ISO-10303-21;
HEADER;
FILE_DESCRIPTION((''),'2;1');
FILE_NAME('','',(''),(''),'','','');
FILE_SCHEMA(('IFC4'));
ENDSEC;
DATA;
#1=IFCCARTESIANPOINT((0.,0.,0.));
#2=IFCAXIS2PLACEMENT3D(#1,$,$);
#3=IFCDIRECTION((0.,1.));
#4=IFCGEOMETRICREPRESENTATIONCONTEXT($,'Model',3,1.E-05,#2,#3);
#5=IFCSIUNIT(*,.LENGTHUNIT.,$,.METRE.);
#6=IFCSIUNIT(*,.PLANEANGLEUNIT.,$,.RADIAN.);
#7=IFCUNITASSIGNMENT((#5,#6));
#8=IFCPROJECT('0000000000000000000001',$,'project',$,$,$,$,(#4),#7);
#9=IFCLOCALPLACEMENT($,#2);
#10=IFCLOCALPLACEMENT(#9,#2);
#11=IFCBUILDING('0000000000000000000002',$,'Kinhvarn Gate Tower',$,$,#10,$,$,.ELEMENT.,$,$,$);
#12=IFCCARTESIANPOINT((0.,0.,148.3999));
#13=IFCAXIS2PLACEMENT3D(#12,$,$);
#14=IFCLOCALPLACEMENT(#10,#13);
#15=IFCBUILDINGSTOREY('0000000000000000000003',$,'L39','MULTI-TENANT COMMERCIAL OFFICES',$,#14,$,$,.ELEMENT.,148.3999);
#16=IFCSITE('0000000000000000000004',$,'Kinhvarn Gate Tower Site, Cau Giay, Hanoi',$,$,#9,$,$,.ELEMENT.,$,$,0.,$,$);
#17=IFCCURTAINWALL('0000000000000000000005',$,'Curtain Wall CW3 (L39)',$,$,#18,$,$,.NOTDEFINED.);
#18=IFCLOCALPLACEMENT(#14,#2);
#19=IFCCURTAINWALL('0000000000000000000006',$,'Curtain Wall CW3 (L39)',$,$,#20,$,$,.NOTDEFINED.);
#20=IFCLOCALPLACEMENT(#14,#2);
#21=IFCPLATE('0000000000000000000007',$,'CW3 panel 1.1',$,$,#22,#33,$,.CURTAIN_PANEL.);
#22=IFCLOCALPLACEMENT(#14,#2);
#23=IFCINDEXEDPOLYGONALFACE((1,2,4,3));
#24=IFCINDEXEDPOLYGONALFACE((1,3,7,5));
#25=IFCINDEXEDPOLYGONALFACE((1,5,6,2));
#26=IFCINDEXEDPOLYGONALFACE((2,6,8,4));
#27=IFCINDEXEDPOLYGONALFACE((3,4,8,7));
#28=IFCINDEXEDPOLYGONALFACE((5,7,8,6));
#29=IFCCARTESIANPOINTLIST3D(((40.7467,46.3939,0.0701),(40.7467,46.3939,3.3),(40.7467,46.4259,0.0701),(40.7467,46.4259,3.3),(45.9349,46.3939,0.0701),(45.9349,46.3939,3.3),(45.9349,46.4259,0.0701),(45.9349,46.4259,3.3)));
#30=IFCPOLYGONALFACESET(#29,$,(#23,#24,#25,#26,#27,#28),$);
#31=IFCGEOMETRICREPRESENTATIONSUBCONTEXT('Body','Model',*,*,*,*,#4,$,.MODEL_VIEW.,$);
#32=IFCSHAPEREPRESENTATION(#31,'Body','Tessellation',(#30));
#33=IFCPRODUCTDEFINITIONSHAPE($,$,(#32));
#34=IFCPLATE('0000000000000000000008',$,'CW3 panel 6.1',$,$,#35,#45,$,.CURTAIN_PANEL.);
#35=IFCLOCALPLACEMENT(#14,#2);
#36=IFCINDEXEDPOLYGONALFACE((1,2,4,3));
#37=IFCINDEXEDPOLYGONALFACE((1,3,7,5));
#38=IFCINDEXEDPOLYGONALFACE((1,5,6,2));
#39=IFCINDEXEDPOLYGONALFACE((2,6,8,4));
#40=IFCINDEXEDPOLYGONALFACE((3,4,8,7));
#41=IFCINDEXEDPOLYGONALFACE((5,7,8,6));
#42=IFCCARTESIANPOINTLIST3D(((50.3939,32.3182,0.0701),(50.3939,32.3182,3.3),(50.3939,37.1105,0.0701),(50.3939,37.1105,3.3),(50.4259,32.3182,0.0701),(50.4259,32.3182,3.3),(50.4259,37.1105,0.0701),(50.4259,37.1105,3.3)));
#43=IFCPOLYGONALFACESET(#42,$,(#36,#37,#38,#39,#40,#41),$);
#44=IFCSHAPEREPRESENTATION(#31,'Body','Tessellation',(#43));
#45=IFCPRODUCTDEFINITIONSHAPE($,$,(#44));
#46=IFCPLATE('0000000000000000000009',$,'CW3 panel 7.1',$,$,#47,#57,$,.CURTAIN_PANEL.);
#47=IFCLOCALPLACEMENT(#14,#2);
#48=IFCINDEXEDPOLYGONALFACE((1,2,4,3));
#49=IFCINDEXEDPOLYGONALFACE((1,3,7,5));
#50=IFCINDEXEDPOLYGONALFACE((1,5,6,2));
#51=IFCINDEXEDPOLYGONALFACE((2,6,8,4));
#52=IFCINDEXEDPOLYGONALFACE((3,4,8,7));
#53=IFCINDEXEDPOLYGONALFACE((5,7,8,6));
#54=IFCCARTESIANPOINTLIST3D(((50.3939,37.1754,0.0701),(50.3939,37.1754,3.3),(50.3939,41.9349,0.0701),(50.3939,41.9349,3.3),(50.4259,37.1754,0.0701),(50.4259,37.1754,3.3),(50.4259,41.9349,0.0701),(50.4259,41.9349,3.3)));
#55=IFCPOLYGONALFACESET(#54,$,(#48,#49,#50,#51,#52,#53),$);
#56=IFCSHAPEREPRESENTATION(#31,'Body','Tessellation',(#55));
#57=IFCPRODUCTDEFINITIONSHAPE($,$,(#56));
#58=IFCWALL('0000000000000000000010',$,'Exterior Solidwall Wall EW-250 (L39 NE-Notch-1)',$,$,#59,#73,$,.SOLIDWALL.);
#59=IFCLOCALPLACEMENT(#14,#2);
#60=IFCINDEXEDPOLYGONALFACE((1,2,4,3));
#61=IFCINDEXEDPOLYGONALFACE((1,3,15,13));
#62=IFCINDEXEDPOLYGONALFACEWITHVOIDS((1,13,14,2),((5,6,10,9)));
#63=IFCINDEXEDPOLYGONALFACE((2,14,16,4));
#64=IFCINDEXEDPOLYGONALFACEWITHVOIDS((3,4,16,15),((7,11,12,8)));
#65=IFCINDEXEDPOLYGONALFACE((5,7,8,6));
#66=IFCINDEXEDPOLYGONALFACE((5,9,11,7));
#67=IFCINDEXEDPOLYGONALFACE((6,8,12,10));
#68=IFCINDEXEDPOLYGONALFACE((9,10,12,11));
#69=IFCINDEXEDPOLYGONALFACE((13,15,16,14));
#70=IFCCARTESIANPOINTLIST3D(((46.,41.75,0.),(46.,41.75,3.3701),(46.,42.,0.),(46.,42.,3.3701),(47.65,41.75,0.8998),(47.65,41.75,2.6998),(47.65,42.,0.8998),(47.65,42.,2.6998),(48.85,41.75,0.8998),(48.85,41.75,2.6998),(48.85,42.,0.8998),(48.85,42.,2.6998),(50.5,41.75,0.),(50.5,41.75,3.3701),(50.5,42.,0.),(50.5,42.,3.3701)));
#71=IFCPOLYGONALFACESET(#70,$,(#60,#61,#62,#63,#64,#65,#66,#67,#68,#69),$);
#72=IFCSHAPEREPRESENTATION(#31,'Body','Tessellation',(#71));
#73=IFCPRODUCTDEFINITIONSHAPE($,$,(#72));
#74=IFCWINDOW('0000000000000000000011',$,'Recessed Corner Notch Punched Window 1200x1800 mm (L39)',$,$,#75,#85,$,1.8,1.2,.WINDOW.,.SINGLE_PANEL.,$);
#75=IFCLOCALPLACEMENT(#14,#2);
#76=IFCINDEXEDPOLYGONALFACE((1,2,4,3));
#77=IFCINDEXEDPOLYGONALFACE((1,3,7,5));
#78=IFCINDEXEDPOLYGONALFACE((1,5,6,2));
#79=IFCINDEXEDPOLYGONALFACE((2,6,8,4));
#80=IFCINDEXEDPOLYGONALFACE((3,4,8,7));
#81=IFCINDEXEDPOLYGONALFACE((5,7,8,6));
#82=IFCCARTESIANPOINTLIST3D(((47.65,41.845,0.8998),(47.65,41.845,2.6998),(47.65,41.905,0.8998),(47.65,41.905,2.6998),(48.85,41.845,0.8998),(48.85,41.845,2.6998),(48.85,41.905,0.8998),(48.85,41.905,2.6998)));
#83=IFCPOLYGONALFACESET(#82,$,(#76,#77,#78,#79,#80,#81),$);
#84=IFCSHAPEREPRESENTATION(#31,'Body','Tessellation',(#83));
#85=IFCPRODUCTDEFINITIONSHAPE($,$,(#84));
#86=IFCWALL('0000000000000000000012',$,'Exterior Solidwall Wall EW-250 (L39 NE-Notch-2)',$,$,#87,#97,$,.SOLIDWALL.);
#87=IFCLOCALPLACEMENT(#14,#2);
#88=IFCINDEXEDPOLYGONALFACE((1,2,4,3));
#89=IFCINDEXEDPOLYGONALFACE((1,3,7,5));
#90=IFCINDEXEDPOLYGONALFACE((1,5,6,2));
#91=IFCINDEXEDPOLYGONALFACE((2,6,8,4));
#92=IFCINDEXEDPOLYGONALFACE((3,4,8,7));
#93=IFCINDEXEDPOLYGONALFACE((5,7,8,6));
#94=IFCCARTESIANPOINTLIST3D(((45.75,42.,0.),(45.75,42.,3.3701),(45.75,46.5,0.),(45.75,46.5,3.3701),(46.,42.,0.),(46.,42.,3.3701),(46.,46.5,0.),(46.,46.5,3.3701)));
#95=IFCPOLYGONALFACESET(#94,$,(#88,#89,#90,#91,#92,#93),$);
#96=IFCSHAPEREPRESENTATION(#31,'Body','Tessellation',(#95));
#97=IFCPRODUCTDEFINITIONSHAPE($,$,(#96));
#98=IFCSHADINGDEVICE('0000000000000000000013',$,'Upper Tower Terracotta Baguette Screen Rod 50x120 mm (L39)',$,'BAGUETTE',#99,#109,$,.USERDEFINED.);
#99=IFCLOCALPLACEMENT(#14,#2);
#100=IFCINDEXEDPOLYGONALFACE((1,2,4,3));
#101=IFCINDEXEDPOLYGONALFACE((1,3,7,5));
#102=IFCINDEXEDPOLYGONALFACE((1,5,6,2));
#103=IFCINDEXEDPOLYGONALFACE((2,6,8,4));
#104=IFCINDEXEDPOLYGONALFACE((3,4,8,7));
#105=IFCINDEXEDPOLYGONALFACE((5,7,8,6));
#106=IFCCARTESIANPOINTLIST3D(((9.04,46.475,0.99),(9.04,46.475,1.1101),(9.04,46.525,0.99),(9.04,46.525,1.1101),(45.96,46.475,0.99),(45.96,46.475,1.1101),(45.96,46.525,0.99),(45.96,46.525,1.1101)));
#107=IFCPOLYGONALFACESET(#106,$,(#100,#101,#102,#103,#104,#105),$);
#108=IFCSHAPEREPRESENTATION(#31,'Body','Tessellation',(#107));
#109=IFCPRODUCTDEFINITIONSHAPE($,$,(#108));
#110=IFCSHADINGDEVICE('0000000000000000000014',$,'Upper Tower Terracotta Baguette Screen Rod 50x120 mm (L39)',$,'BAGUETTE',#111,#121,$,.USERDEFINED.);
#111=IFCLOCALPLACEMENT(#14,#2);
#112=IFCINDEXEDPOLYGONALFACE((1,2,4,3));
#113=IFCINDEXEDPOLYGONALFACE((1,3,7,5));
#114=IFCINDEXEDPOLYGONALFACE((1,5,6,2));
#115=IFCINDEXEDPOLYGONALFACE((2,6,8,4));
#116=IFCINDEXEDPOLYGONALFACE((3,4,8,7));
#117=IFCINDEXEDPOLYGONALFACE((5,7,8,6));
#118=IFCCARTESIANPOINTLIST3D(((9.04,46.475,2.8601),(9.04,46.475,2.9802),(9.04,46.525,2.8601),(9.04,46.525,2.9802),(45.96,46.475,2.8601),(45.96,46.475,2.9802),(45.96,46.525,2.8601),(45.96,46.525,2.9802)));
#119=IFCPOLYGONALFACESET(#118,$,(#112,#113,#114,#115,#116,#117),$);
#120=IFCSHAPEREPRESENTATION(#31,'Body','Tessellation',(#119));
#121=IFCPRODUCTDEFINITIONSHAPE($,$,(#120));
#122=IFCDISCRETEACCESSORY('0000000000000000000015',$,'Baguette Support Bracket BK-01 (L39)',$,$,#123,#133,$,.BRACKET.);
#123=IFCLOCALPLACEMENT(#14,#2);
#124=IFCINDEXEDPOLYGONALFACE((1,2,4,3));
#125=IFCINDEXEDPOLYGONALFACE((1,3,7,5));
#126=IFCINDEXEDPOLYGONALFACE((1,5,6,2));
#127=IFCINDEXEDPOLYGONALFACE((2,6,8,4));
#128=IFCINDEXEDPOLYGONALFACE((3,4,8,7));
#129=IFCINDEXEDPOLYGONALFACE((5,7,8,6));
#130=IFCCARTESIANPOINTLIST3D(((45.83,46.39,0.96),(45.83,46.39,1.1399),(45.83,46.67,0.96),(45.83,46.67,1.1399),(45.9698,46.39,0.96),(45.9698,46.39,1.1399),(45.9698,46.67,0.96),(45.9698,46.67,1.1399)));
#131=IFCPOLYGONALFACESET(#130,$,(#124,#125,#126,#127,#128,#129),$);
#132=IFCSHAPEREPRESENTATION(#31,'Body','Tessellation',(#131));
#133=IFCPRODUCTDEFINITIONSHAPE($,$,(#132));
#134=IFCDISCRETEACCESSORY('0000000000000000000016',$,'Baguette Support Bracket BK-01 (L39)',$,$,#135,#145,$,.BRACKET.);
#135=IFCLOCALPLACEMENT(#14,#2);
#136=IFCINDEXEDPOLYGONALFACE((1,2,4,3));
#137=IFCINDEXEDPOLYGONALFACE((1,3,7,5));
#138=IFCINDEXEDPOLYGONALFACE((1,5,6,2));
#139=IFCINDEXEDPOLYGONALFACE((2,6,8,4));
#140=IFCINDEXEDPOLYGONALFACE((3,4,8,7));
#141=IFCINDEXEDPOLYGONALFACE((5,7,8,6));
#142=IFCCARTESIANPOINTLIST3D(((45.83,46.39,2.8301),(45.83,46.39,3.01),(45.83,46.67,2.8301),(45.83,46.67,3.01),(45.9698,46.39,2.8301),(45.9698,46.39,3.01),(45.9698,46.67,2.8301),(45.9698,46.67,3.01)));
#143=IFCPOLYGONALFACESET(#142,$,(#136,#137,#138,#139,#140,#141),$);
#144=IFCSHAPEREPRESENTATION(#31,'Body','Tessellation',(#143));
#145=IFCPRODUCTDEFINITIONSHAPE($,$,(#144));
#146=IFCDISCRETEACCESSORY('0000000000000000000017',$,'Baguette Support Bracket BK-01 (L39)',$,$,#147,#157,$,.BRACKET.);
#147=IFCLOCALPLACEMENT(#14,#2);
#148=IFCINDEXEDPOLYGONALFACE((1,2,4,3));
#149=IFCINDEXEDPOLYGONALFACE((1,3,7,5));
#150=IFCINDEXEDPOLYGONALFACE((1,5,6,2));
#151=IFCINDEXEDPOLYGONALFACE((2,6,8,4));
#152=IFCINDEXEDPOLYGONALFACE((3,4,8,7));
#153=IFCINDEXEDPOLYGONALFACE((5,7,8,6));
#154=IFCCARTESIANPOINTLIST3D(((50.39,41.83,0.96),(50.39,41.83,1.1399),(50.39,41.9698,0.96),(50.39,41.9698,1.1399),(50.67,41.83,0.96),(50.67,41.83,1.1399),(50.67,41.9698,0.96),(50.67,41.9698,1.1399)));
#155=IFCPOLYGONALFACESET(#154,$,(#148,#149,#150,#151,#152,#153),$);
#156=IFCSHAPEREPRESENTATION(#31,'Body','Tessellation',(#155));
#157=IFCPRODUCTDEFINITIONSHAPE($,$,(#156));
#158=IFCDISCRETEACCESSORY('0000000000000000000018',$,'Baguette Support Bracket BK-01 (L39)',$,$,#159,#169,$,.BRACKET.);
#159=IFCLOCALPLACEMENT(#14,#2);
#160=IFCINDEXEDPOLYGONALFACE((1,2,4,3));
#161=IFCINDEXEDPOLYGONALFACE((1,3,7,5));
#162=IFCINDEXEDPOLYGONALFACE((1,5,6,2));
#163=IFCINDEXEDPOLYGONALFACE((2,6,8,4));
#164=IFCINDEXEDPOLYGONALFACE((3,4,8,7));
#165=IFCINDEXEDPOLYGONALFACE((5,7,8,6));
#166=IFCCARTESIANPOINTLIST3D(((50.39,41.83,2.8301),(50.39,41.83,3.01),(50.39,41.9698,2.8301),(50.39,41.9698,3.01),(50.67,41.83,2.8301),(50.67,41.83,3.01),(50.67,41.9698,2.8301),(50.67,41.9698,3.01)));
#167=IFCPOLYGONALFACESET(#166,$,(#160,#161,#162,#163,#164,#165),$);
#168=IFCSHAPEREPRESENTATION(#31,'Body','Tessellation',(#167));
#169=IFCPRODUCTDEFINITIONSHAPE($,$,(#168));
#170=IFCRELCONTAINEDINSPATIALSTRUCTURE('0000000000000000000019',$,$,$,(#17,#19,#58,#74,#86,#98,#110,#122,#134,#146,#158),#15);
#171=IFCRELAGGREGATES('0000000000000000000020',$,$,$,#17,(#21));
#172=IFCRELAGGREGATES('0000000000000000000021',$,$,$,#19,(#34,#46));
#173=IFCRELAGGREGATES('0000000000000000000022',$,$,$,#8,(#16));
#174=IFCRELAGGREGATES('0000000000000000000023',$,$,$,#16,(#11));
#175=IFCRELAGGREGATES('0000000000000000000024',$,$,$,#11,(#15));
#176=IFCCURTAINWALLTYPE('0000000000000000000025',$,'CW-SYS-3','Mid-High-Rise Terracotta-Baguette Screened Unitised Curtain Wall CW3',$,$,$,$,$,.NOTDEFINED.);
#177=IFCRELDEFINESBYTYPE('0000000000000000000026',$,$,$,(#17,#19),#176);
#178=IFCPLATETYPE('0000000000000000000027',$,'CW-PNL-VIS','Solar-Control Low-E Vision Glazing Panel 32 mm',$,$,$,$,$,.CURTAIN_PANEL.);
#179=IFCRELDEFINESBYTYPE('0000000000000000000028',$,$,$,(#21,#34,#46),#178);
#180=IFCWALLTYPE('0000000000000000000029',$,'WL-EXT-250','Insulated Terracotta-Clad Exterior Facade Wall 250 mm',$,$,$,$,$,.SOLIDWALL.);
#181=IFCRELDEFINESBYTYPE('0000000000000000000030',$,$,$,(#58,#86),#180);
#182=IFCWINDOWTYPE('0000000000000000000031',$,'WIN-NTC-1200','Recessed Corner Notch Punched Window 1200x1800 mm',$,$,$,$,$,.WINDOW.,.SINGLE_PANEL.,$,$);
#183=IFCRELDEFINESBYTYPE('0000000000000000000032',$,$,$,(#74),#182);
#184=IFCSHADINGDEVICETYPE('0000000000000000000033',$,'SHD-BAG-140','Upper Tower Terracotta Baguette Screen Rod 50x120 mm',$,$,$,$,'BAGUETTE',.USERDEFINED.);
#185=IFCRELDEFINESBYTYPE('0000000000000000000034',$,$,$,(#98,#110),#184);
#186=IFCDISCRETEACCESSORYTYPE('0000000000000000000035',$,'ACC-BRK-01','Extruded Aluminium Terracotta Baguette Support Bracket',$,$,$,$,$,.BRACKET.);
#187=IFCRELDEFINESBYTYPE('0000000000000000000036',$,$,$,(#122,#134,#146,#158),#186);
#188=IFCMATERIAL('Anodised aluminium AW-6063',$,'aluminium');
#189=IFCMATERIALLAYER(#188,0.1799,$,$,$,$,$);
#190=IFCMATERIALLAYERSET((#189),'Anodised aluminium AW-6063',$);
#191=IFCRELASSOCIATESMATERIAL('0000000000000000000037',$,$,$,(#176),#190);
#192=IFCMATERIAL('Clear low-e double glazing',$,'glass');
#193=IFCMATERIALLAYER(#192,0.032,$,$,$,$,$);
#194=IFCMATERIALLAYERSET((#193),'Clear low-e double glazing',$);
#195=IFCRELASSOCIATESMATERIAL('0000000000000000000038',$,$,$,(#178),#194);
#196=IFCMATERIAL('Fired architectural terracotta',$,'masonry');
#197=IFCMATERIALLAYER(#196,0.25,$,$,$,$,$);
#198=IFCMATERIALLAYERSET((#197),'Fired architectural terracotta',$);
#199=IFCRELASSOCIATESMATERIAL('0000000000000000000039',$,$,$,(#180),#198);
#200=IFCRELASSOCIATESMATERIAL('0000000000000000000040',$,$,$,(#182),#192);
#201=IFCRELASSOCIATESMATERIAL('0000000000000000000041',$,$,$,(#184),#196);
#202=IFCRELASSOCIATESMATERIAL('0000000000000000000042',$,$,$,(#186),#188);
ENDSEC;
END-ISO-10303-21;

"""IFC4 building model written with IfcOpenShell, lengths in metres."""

from ifc_helpers import new_model, si_unit, direction, frame, frame_2d, origin, origin_2d, place, context, subcontext, project, spatial, rectangle, extrude, material, layer, layer_set, material_profile, profile_set, type_object, element, fill, aggregate, save


model = new_model("IFC4")

# Units and contexts
model_context = context("Model", 3, precision=1e-05, world=origin(), true_north=direction((0.0, 1.0)))
body_context = subcontext(model_context, "Body", "Model", "MODEL_VIEW")
ifc_project = project(units=[si_unit("LENGTHUNIT", "METRE"), si_unit("PLANEANGLEUNIT", "RADIAN")], contexts=[model_context])

# Site, building, storey
site_placement = place(None, origin())
site = spatial("IfcSite", under=ifc_project, at=site_placement, Name="Kinhvarn Gate Tower Site, Cau Giay, Hanoi", CompositionType="ELEMENT", RefElevation=0.0)
building_placement = place(site_placement, origin())
building = spatial("IfcBuilding", under=site, at=building_placement, Name="Kinhvarn Gate Tower", CompositionType="ELEMENT")
storey_placement = place(building_placement, frame((0.0, 0.0, 148.3999)))
storey = spatial("IfcBuildingStorey", under=building, at=storey_placement, Name="L39", Description="MULTI-TENANT COMMERCIAL OFFICES", CompositionType="ELEMENT", Elevation=148.3999)

# Curtain walls
ifc_material_1 = material(Name="Anodised aluminium AW-6063", Category="aluminium")
ifc_layer_1 = layer(ifc_material_1, 0.1799)
ifc_layer_set_1 = layer_set([ifc_layer_1], Name="Anodised aluminium AW-6063")
curtain_wall_type = type_object("IfcCurtainWallType", Name="CW-SYS-3", Description="Mid-High-Rise Terracotta-Baguette Screened Unitised Curtain Wall CW3", PredefinedType="NOTDEFINED", material=ifc_layer_set_1)
curtain_wall_1_placement = place(storey_placement, origin())
curtain_wall_1 = element("IfcCurtainWall", 1, at=curtain_wall_1_placement, inside=storey, type_object=curtain_wall_type, Name="Curtain Wall CW3 (L39)", PredefinedType="NOTDEFINED")
curtain_wall_2_placement = place(storey_placement, origin())
curtain_wall_2 = element("IfcCurtainWall", 2, at=curtain_wall_2_placement, inside=storey, type_object=curtain_wall_type, Name="Curtain Wall CW3 (L39)", PredefinedType="NOTDEFINED")

# Plates
ifc_material_2 = material(Name="Clear low-e double glazing", Category="glass")
ifc_layer_2 = layer(ifc_material_2, 0.032)
ifc_layer_set_2 = layer_set([ifc_layer_2], Name="Clear low-e double glazing")
plate_type = type_object("IfcPlateType", Name="CW-PNL-VIS", Description="Solar-Control Low-E Vision Glazing Panel 32 mm", PredefinedType="CURTAIN_PANEL", material=ifc_layer_set_2)
plate_1_placement = place(storey_placement, frame((43.3408, 46.4099, 0.0701), z_axis=(0.0, 0.0, 1.0), x_axis=(-1.0, 0.0, 0.0)))
plate_1 = element("IfcPlate", 3, at=plate_1_placement, type_object=plate_type, Name="CW3 panel 1.1", PredefinedType="CURTAIN_PANEL", context=body_context, shape_type="SweptSolid", body=[
    extrude(rectangle(XDim=5.1882, YDim=0.032, at=origin_2d()), origin(), (0.0, 0.0, 1.0), 3.23),
])
aggregate(curtain_wall_1, [plate_1])
plate_2_placement = place(storey_placement, frame((50.4099, 34.7144, 0.0701), z_axis=(0.0, 0.0, 1.0), x_axis=(0.0, 1.0, 0.0)))
plate_2 = element("IfcPlate", 4, at=plate_2_placement, type_object=plate_type, Name="CW3 panel 6.1", PredefinedType="CURTAIN_PANEL", context=body_context, shape_type="SweptSolid", body=[
    extrude(rectangle(XDim=4.7922, YDim=0.032, at=origin_2d()), origin(), (0.0, 0.0, 1.0), 3.23),
])
plate_3_placement = place(storey_placement, frame((50.4099, 39.5552, 0.0701), z_axis=(0.0, 0.0, 1.0), x_axis=(0.0, 1.0, 0.0)))
plate_3 = element("IfcPlate", 5, at=plate_3_placement, type_object=plate_type, Name="CW3 panel 7.1", PredefinedType="CURTAIN_PANEL", context=body_context, shape_type="SweptSolid", body=[
    extrude(rectangle(XDim=4.7595, YDim=0.032, at=origin_2d()), origin(), (0.0, 0.0, 1.0), 3.23),
])
aggregate(curtain_wall_2, [plate_2, plate_3])

# Wall, opening, window
ifc_material_3 = material(Name="Fired architectural terracotta", Category="masonry")
ifc_layer_3 = layer(ifc_material_3, 0.25)
ifc_layer_set_3 = layer_set([ifc_layer_3], Name="Fired architectural terracotta")
wall_type = type_object("IfcWallType", Name="WL-EXT-250", Description="Insulated Terracotta-Clad Exterior Facade Wall 250 mm", PredefinedType="SOLIDWALL", material=ifc_layer_set_3)
wall_1_placement = place(storey_placement, frame((50.5, 41.875, 0.0), z_axis=(0.0, 0.0, 1.0), x_axis=(-1.0, 0.0, 0.0)))
wall_1 = element("IfcWall", 6, at=wall_1_placement, inside=storey, type_object=wall_type, Name="Exterior Solidwall Wall EW-250 (L39 NE-Notch-1)", PredefinedType="SOLIDWALL", context=body_context, shape_type="SweptSolid", body=[
    extrude(rectangle(XDim=4.5, YDim=0.25, at=frame_2d((2.25, 0.0))), origin(), (0.0, 0.0, 1.0), 3.3701),
])
opening_placement = place(wall_1_placement, frame((1.6499, 0.0, 0.8999)))
opening = element("IfcOpeningElement", 7, at=opening_placement, cuts=wall_1, PredefinedType="OPENING", context=body_context, shape_type="SweptSolid", body=[
    extrude(rectangle(XDim=1.2, YDim=1.8, at=frame_2d((0.6001, 0.8999))), frame((0.0, 0.135, 0.0), z_axis=(0.0, -1.0, 0.0), x_axis=(1.0, 0.0, 0.0)), (0.0, 0.0, 1.0), 0.27),
])
window_type = type_object("IfcWindowType", Name="WIN-NTC-1200", Description="Recessed Corner Notch Punched Window 1200x1800 mm", PartitioningType="SINGLE_PANEL", PredefinedType="WINDOW", material=ifc_material_2)
window_placement = place(opening_placement, origin())
window = element("IfcWindow", 8, at=window_placement, inside=storey, type_object=window_type, Name="Recessed Corner Notch Punched Window 1200x1800 mm (L39)", OverallHeight=1.8, OverallWidth=1.2, PartitioningType="SINGLE_PANEL", PredefinedType="WINDOW", context=body_context, shape_type="SweptSolid", body=[
    extrude(rectangle(XDim=1.2, YDim=1.8, at=frame_2d((0.6001, 0.8999))), frame((0.0, 0.03, 0.0), z_axis=(0.0, -1.0, 0.0), x_axis=(1.0, 0.0, 0.0)), (0.0, 0.0, 1.0), 0.0601),
])
fill(opening, window)

# Wall
wall_2_placement = place(storey_placement, frame((45.875, 42.0, 0.0), z_axis=(0.0, 0.0, 1.0), x_axis=(0.0, 1.0, 0.0)))
element("IfcWall", 9, at=wall_2_placement, inside=storey, type_object=wall_type, Name="Exterior Solidwall Wall EW-250 (L39 NE-Notch-2)", PredefinedType="SOLIDWALL", context=body_context, shape_type="SweptSolid", body=[
    extrude(rectangle(XDim=4.5, YDim=0.25, at=frame_2d((2.25, 0.0))), origin(), (0.0, 0.0, 1.0), 3.3701),
])

# Shading devices
ifc_material_profile_1 = material_profile(ifc_material_3, rectangle(XDim=0.05, YDim=0.1201, at=origin_2d()), Name="TC 50x120")
ifc_profile_set_1 = profile_set([ifc_material_profile_1], Name="Fired architectural terracotta")
shading_device_type = type_object("IfcShadingDeviceType", Name="SHD-BAG-140", Description="Upper Tower Terracotta Baguette Screen Rod 50x120 mm", ElementType="BAGUETTE", PredefinedType="USERDEFINED", material=ifc_profile_set_1)
for number, where, z_axis, x_axis, name in (
    (10, (45.96, 46.5, 1.05), (-1.0, 0.0, 0.0), (0.0, -1.0, 0.0), "Upper Tower Terracotta Baguette Screen Rod 50x120 mm (L39)"),
    (11, (45.96, 46.5, 2.9202), (-1.0, 0.0, 0.0), (0.0, -1.0, 0.0), "Upper Tower Terracotta Baguette Screen Rod 50x120 mm (L39)"),
):
    element("IfcShadingDevice", number, at=place(storey_placement, frame(where, z_axis=z_axis, x_axis=x_axis)), inside=storey, type_object=shading_device_type, Name=name, ObjectType="BAGUETTE", PredefinedType="USERDEFINED", context=body_context, shape_type="SweptSolid", body=[
        extrude(rectangle(XDim=0.05, YDim=0.1201, at=origin_2d()), origin(), (0.0, 0.0, 1.0), 36.9199),
    ])

# Discrete accessories
discrete_accessory_type = type_object("IfcDiscreteAccessoryType", Name="ACC-BRK-01", Description="Extruded Aluminium Terracotta Baguette Support Bracket", PredefinedType="BRACKET", material=ifc_material_1)
for number, where, z_axis, x_axis, name in (
    (12, (45.8999, 46.53, 0.96), (0.0, 0.0, 1.0), (-1.0, 0.0, 0.0), "Baguette Support Bracket BK-01 (L39)"),
    (13, (45.8999, 46.53, 2.8301), (0.0, 0.0, 1.0), (-1.0, 0.0, 0.0), "Baguette Support Bracket BK-01 (L39)"),
    (14, (50.53, 41.8999, 0.96), (0.0, 0.0, 1.0), (0.0, 1.0, 0.0), "Baguette Support Bracket BK-01 (L39)"),
    (15, (50.53, 41.8999, 2.8301), (0.0, 0.0, 1.0), (0.0, 1.0, 0.0), "Baguette Support Bracket BK-01 (L39)"),
):
    element("IfcDiscreteAccessory", number, at=place(storey_placement, frame(where, z_axis=z_axis, x_axis=x_axis)), inside=storey, type_object=discrete_accessory_type, Name=name, PredefinedType="BRACKET", context=body_context, shape_type="SweptSolid", body=[
        extrude(rectangle(XDim=0.1399, YDim=0.28, at=origin_2d()), origin(), (0.0, 0.0, 1.0), 0.1799),
    ])

save(model, "model.ifc")
